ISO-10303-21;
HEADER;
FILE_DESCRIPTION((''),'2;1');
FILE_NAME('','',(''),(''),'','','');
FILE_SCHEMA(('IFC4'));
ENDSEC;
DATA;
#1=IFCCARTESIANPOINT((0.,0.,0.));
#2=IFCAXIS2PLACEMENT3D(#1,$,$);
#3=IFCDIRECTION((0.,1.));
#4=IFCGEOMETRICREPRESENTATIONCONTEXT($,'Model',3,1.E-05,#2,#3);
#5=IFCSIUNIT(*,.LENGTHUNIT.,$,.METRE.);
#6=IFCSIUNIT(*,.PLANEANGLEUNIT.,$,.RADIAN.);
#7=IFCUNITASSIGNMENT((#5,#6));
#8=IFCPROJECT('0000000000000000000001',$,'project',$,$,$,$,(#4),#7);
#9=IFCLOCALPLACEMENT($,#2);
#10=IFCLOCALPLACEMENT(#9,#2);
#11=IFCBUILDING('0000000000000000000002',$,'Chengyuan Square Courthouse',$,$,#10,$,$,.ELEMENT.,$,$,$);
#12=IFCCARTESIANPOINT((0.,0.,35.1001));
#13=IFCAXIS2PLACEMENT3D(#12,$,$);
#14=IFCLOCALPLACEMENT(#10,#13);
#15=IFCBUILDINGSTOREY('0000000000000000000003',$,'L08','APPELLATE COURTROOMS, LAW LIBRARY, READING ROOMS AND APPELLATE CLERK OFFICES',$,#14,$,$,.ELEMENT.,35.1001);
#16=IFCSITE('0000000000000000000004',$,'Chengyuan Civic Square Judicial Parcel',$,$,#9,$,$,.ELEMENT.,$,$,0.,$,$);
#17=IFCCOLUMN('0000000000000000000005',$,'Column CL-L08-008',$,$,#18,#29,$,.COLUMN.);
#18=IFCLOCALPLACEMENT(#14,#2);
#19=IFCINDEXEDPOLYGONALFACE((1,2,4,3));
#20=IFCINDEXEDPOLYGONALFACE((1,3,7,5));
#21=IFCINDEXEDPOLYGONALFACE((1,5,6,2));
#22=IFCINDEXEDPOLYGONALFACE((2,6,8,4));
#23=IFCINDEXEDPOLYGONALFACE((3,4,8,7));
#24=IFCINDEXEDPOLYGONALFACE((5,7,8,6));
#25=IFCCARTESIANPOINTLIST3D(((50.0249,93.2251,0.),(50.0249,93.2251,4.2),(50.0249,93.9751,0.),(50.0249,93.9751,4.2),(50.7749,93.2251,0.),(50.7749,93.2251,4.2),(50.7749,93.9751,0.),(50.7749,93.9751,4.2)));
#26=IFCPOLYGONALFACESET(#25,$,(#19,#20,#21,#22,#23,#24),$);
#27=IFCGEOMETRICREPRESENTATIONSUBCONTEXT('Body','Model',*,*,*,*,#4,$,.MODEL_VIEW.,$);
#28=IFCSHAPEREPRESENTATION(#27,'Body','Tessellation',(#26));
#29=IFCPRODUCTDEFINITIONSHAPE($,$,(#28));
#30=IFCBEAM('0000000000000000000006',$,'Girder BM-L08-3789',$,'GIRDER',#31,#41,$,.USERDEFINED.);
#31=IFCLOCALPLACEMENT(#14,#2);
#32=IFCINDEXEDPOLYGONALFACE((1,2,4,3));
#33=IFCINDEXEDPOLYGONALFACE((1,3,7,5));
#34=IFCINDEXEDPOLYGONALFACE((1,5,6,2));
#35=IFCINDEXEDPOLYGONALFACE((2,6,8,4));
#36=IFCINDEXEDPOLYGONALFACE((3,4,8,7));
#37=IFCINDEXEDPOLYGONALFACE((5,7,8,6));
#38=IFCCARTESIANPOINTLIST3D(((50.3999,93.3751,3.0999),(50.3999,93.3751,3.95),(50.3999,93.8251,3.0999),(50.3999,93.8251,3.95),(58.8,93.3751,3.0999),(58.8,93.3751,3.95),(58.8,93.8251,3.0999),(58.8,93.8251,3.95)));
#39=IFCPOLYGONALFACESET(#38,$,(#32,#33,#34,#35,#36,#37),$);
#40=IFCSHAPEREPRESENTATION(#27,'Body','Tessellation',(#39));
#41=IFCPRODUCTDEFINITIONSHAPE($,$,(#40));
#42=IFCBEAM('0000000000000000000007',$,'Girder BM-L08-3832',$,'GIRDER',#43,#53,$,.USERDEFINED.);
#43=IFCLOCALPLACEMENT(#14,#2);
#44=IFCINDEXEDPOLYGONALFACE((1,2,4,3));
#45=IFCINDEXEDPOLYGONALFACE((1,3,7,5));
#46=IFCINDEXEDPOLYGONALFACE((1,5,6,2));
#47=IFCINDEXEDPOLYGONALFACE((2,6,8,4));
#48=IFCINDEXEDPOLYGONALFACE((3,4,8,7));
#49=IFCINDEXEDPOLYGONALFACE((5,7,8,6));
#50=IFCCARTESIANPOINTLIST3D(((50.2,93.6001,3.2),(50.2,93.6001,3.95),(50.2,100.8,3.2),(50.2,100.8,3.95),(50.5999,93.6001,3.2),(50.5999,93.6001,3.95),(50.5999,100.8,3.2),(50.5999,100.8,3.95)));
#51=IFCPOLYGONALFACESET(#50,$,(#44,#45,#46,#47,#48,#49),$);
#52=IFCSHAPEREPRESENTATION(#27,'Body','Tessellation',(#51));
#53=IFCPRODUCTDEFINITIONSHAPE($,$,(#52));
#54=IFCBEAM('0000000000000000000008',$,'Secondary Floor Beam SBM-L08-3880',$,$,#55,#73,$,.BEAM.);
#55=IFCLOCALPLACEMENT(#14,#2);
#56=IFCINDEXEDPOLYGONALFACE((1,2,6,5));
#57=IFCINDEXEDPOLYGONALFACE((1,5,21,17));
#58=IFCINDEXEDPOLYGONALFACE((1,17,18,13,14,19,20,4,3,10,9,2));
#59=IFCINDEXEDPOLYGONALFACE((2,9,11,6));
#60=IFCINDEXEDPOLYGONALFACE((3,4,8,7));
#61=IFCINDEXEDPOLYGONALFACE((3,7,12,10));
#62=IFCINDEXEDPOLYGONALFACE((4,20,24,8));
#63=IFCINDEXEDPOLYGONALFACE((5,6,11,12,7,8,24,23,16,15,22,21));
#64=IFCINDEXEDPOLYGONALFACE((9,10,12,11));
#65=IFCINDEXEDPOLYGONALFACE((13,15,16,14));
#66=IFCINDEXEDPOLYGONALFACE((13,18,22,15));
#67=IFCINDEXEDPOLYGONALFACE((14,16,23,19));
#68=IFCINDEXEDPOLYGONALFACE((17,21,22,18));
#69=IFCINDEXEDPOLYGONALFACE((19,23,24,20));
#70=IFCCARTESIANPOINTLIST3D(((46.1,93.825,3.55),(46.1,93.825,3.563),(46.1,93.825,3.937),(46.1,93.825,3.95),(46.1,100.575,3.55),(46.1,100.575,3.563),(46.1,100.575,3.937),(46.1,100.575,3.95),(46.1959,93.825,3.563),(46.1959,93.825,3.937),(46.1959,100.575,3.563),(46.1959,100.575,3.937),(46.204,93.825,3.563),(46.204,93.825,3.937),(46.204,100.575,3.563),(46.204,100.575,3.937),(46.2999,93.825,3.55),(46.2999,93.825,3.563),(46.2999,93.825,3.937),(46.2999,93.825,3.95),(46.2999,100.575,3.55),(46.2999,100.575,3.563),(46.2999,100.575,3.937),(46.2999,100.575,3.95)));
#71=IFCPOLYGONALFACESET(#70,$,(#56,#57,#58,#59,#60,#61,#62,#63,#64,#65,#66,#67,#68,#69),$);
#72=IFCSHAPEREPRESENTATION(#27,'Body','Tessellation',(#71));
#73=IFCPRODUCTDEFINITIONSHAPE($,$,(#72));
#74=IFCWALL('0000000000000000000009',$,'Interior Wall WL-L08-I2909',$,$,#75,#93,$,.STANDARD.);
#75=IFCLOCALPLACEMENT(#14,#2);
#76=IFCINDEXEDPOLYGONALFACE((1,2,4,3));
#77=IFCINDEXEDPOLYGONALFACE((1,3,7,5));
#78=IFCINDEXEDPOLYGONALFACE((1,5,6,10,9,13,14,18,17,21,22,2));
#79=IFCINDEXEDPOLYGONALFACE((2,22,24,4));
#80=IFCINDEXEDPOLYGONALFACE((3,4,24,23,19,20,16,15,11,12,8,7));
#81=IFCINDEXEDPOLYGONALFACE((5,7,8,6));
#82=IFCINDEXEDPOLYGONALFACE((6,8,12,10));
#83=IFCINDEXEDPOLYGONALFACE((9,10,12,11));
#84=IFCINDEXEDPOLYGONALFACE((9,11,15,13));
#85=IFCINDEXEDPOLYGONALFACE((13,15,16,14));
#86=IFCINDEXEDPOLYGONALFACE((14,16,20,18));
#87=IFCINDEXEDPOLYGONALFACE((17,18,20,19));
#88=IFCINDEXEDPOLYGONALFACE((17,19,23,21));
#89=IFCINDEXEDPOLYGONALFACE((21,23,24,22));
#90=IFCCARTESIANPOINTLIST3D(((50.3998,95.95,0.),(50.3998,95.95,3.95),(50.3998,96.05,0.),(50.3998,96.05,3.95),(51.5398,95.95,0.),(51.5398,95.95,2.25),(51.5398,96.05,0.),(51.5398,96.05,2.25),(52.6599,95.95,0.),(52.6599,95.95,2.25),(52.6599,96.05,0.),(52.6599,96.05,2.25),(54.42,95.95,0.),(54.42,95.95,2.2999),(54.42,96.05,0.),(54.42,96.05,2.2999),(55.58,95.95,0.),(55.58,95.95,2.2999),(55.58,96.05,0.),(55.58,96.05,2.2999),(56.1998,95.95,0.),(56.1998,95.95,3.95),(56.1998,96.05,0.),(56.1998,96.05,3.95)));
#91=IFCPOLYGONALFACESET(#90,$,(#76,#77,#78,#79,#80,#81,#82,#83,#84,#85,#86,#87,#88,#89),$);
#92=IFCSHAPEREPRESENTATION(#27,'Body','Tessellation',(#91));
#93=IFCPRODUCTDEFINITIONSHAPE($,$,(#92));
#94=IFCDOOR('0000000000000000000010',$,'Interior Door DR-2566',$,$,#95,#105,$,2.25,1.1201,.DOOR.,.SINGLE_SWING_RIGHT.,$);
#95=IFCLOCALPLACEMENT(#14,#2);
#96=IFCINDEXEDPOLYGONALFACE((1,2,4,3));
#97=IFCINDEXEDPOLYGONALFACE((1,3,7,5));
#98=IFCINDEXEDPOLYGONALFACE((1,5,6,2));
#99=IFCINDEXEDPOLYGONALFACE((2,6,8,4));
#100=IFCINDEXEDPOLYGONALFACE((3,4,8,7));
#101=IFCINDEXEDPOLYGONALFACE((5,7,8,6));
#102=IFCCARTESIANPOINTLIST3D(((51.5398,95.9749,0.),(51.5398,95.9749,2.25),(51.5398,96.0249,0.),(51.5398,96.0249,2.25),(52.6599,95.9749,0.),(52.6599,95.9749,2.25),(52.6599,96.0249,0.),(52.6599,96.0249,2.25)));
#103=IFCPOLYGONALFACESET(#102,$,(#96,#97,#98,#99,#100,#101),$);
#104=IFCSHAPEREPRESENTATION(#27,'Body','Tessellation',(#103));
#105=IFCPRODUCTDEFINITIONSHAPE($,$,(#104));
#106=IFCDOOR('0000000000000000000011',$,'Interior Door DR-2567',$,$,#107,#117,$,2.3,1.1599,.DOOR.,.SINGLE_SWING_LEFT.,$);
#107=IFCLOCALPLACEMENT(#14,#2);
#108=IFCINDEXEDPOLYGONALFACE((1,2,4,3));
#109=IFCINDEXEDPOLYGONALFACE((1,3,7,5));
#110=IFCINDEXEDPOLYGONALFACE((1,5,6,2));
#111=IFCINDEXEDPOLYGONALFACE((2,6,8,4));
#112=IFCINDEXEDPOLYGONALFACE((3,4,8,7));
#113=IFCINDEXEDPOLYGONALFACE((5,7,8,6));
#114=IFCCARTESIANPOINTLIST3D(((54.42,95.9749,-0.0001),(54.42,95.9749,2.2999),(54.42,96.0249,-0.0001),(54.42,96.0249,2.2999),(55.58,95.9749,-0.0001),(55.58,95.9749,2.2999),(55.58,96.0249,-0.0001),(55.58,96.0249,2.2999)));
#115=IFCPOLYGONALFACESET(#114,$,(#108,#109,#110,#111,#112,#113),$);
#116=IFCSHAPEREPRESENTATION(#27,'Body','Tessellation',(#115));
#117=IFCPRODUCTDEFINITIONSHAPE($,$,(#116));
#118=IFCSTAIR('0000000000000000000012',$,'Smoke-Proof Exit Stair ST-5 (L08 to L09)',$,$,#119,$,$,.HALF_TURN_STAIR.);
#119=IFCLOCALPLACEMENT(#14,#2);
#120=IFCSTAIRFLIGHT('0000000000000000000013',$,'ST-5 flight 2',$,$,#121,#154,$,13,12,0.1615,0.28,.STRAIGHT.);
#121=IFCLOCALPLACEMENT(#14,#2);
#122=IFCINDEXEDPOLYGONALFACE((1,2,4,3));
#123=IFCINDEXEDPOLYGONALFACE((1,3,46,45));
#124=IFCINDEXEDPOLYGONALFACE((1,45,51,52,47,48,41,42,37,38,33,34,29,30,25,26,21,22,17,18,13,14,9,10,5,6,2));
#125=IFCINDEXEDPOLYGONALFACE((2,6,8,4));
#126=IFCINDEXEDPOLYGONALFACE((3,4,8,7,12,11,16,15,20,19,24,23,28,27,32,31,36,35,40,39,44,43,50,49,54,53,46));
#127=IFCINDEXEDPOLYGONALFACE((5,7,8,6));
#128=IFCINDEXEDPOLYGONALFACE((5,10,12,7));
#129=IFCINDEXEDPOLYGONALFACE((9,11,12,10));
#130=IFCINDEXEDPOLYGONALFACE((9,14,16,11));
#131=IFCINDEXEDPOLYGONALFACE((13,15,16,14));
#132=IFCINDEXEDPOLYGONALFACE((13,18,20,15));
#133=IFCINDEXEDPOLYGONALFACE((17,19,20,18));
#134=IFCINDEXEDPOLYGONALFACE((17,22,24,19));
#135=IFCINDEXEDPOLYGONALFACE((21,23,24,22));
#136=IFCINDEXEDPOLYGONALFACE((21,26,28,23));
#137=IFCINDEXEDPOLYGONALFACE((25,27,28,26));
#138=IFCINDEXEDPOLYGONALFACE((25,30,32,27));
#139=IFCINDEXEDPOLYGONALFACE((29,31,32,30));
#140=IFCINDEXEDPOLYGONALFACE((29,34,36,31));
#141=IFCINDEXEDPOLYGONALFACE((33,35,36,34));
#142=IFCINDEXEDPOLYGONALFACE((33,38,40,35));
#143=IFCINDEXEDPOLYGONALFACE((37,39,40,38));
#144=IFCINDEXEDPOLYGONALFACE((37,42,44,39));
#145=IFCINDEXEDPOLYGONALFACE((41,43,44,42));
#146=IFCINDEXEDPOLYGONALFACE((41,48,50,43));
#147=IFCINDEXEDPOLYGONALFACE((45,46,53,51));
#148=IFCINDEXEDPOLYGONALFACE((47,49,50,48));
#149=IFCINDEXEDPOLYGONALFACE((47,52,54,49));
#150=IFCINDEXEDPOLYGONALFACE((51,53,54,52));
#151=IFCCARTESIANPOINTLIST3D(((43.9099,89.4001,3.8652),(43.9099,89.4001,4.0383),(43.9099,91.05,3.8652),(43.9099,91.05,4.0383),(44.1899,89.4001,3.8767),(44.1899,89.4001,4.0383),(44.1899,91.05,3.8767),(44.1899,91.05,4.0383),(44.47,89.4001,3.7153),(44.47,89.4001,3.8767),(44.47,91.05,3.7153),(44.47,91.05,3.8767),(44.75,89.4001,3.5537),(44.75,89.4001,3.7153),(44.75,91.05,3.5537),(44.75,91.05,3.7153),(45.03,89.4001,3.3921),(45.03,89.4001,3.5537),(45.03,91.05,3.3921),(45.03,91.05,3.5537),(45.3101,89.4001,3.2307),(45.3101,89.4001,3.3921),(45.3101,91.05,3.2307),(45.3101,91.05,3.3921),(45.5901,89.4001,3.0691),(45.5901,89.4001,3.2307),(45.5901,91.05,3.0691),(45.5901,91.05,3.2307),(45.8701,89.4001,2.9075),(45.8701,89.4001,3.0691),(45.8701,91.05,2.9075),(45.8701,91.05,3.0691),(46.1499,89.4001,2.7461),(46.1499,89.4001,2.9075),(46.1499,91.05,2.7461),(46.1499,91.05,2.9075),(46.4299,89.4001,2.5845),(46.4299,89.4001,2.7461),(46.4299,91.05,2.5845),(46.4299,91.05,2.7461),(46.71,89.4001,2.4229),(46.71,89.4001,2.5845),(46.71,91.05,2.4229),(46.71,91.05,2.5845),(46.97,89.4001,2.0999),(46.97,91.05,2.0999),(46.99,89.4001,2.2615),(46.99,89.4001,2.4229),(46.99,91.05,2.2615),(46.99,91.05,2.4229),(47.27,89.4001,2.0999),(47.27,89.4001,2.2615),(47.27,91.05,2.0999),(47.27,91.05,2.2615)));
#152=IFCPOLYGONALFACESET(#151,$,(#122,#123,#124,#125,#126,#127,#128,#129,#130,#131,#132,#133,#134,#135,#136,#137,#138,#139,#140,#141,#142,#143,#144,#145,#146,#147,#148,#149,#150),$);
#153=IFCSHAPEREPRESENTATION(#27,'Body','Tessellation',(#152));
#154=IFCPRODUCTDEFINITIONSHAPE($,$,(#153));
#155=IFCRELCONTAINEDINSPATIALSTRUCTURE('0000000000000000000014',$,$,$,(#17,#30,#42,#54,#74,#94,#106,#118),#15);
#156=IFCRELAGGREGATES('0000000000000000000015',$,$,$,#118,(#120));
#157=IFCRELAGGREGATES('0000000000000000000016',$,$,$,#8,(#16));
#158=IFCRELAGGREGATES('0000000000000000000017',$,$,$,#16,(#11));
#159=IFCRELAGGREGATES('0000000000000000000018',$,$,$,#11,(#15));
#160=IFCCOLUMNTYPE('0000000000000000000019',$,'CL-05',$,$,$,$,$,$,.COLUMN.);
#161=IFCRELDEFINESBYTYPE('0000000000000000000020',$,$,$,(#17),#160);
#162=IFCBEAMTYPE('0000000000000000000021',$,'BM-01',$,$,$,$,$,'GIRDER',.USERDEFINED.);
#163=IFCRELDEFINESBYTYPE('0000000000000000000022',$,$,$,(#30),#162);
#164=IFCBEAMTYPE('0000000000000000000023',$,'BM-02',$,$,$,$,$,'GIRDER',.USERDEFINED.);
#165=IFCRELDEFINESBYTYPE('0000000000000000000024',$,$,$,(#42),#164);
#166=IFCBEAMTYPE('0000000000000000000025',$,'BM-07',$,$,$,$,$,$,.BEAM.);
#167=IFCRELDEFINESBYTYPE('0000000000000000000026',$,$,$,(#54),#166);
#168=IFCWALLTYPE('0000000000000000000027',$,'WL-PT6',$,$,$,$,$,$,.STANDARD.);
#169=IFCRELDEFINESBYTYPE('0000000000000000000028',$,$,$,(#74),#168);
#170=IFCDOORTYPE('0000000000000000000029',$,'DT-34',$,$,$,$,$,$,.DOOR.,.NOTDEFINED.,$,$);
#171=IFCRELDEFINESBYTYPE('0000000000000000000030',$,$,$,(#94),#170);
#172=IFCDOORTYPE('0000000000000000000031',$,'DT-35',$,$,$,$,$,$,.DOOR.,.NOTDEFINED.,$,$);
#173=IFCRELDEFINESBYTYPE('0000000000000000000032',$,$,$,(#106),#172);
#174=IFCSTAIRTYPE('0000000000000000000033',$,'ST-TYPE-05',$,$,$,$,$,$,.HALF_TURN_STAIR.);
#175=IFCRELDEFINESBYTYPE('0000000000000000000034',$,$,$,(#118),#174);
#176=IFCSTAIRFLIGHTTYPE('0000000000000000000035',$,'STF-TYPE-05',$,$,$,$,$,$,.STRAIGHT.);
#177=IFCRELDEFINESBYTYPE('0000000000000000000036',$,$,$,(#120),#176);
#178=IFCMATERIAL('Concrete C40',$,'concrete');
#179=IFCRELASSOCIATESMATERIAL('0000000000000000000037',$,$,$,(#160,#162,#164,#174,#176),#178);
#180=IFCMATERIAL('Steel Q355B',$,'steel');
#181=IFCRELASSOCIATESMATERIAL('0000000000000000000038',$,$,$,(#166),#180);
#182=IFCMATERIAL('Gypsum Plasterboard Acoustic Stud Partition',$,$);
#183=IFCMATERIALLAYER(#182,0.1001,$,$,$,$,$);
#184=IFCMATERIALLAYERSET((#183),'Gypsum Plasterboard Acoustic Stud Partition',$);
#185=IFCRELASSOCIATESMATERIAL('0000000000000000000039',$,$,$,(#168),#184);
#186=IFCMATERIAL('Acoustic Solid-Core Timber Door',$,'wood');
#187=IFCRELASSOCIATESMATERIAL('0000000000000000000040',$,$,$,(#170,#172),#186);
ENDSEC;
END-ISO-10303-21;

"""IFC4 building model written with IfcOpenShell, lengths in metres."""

from ifc_helpers import new_model, si_unit, direction, frame, frame_2d, origin, origin_2d, place, context, subcontext, project, spatial, polyline, rectangle, i_section, outline, extrude, material, layer, layer_set, material_profile, profile_set, type_object, element, fill, aggregate, save


model = new_model("IFC4")

# Units and contexts
model_context = context("Model", 3, precision=1e-05, world=origin(), true_north=direction((0.0, 1.0)))
body_context = subcontext(model_context, "Body", "Model", "MODEL_VIEW")
ifc_project = project(units=[si_unit("LENGTHUNIT", "METRE"), si_unit("PLANEANGLEUNIT", "RADIAN")], contexts=[model_context])

# Site, building, storey
site_placement = place(None, origin())
site = spatial("IfcSite", under=ifc_project, at=site_placement, Name="Chengyuan Civic Square Judicial Parcel", CompositionType="ELEMENT", RefElevation=0.0)
building_placement = place(site_placement, origin())
building = spatial("IfcBuilding", under=site, at=building_placement, Name="Chengyuan Square Courthouse", CompositionType="ELEMENT")
storey_placement = place(building_placement, frame((0.0, 0.0, 35.1001)))
storey = spatial("IfcBuildingStorey", under=building, at=storey_placement, Name="L08", Description="APPELLATE COURTROOMS, LAW LIBRARY, READING ROOMS AND APPELLATE CLERK OFFICES", CompositionType="ELEMENT", Elevation=35.1001)

# Column
ifc_material_1 = material(Name="Concrete C40", Category="concrete")
ifc_material_profile_1 = material_profile(ifc_material_1, rectangle(XDim=0.75, YDim=0.75, at=origin_2d()), Name="RC-COL-750x750")
ifc_profile_set_1 = profile_set([ifc_material_profile_1], Name="Concrete C40")
column_type = type_object("IfcColumnType", Name="CL-05", PredefinedType="COLUMN", material=ifc_profile_set_1)
column_placement = place(storey_placement, frame((50.3999, 93.6001, 0.0), z_axis=(0.0, 0.0, 1.0), x_axis=(1.0, 0.0, 0.0)))
element("IfcColumn", 1, at=column_placement, inside=storey, type_object=column_type, Name="Column CL-L08-008", PredefinedType="COLUMN", context=body_context, shape_type="SweptSolid", body=[
    extrude(rectangle(XDim=0.75, YDim=0.75, at=origin_2d()), origin(), (0.0, 0.0, 1.0), 4.2),
])

# Beams
ifc_material_profile_2 = material_profile(ifc_material_1, rectangle(XDim=0.45, YDim=0.8501, at=origin_2d()), Name="RC-BM-450x850")
ifc_profile_set_2 = profile_set([ifc_material_profile_2], Name="Concrete C40")
beam_type_1 = type_object("IfcBeamType", Name="BM-01", ElementType="GIRDER", PredefinedType="USERDEFINED", material=ifc_profile_set_2)
beam_1_placement = place(storey_placement, frame((50.3999, 93.6001, 3.5249), z_axis=(1.0, 0.0, 0.0), x_axis=(0.0, 1.0, 0.0)))
element("IfcBeam", 2, at=beam_1_placement, inside=storey, type_object=beam_type_1, Name="Girder BM-L08-3789", ObjectType="GIRDER", PredefinedType="USERDEFINED", context=body_context, shape_type="SweptSolid", body=[
    extrude(rectangle(XDim=0.45, YDim=0.8501, at=origin_2d()), origin(), (0.0, 0.0, 1.0), 8.4001),
])
ifc_material_profile_3 = material_profile(ifc_material_1, rectangle(XDim=0.3999, YDim=0.75, at=origin_2d()), Name="RC-BM-400x750")
ifc_profile_set_3 = profile_set([ifc_material_profile_3], Name="Concrete C40")
beam_type_2 = type_object("IfcBeamType", Name="BM-02", ElementType="GIRDER", PredefinedType="USERDEFINED", material=ifc_profile_set_3)
beam_2_placement = place(storey_placement, frame((50.3999, 93.6001, 3.575), z_axis=(0.0, 1.0, 0.0), x_axis=(-1.0, 0.0, 0.0)))
element("IfcBeam", 3, at=beam_2_placement, inside=storey, type_object=beam_type_2, Name="Girder BM-L08-3832", ObjectType="GIRDER", PredefinedType="USERDEFINED", context=body_context, shape_type="SweptSolid", body=[
    extrude(rectangle(XDim=0.3999, YDim=0.75, at=origin_2d()), origin(), (0.0, 0.0, 1.0), 7.2),
])
ifc_material_2 = material(Name="Steel Q355B", Category="steel")
ifc_material_profile_4 = material_profile(ifc_material_2, i_section(OverallWidth=0.2, OverallDepth=0.3999, WebThickness=0.0081, FlangeThickness=0.0129, at=origin_2d()), Name="HN 400x200x8x13")
ifc_profile_set_4 = profile_set([ifc_material_profile_4], Name="Steel Q355B")
beam_type_3 = type_object("IfcBeamType", Name="BM-07", PredefinedType="BEAM", material=ifc_profile_set_4)
beam_3_placement = place(storey_placement, frame((46.2, 93.825, 3.75), z_axis=(0.0, 1.0, 0.0), x_axis=(-1.0, 0.0, 0.0)))
element("IfcBeam", 4, at=beam_3_placement, inside=storey, type_object=beam_type_3, Name="Secondary Floor Beam SBM-L08-3880", PredefinedType="BEAM", context=body_context, shape_type="SweptSolid", body=[
    extrude(i_section(OverallWidth=0.2, OverallDepth=0.3999, WebThickness=0.0081, FlangeThickness=0.0129, at=origin_2d()), origin(), (0.0, 0.0, 1.0), 6.75),
])

# Wall, openings, doors
ifc_material_3 = material(Name="Gypsum Plasterboard Acoustic Stud Partition")
ifc_layer_1 = layer(ifc_material_3, 0.1001)
ifc_layer_set_1 = layer_set([ifc_layer_1], Name="Gypsum Plasterboard Acoustic Stud Partition")
wall_type_1 = type_object("IfcWallType", Name="WL-PT6", PredefinedType="STANDARD", material=ifc_layer_set_1)
ifc_material_4 = material(Name="Acoustic Solid-Core Timber Door", Category="wood")
wall_1_placement = place(storey_placement, frame((50.3999, 96.0, 0.0), z_axis=(0.0, 0.0, 1.0), x_axis=(1.0, 0.0, 0.0)))
wall_1 = element("IfcWall", 5, at=wall_1_placement, inside=storey, type_object=wall_type_1, Name="Interior Wall WL-L08-I2909", PredefinedType="STANDARD", context=body_context, shape_type="SweptSolid", body=[
    extrude(rectangle(XDim=5.8, YDim=0.1001, at=frame_2d((2.8999, 0.0))), origin(), (0.0, 0.0, 1.0), 3.95),
])
opening_1_placement = place(wall_1_placement, frame((1.1399, 0.0, 0.0)))
opening_1 = element("IfcOpeningElement", 6, at=opening_1_placement, cuts=wall_1, PredefinedType="OPENING", context=body_context, shape_type="SweptSolid", body=[
    extrude(rectangle(XDim=1.1201, YDim=2.25, at=frame_2d((0.5601, 1.125))), frame((0.0, 0.062, 0.0), z_axis=(0.0, -1.0, 0.0), x_axis=(1.0, 0.0, 0.0)), (0.0, 0.0, 1.0), 0.124),
])
opening_2_placement = place(wall_1_placement, frame((4.02, 0.0, 0.0)))
opening_2 = element("IfcOpeningElement", 7, at=opening_2_placement, cuts=wall_1, PredefinedType="OPENING", context=body_context, shape_type="SweptSolid", body=[
    extrude(rectangle(XDim=1.1599, YDim=2.3, at=frame_2d((0.5801, 1.1499))), frame((0.0, 0.062, 0.0), z_axis=(0.0, -1.0, 0.0), x_axis=(1.0, 0.0, 0.0)), (0.0, 0.0, 1.0), 0.124),
])
door_type_1 = type_object("IfcDoorType", Name="DT-34", OperationType="NOTDEFINED", PredefinedType="DOOR", material=ifc_material_4)
door_1_placement = place(opening_1_placement, origin())
door_1 = element("IfcDoor", 8, at=door_1_placement, inside=storey, type_object=door_type_1, Name="Interior Door DR-2566", OperationType="SINGLE_SWING_RIGHT", OverallHeight=2.25, OverallWidth=1.1201, PredefinedType="DOOR", context=body_context, shape_type="SweptSolid", body=[
    extrude(rectangle(XDim=1.1201, YDim=2.25, at=frame_2d((0.5601, 1.125))), frame((0.0, 0.0249, 0.0), z_axis=(0.0, -1.0, 0.0), x_axis=(1.0, 0.0, 0.0)), (0.0, 0.0, 1.0), 0.05),
])
fill(opening_1, door_1)
door_type_2 = type_object("IfcDoorType", Name="DT-35", OperationType="NOTDEFINED", PredefinedType="DOOR", material=ifc_material_4)
door_2_placement = place(opening_2_placement, origin())
door_2 = element("IfcDoor", 9, at=door_2_placement, inside=storey, type_object=door_type_2, Name="Interior Door DR-2567", OperationType="SINGLE_SWING_LEFT", OverallHeight=2.3, OverallWidth=1.1599, PredefinedType="DOOR", context=body_context, shape_type="SweptSolid", body=[
    extrude(rectangle(XDim=1.1599, YDim=2.3, at=frame_2d((0.5801, 1.1499))), frame((0.0, 0.0249, 0.0), z_axis=(0.0, -1.0, 0.0), x_axis=(1.0, 0.0, 0.0)), (0.0, 0.0, 1.0), 0.05),
])
fill(opening_2, door_2)

# Stair, stair flight
stair_type = type_object("IfcStairType", Name="ST-TYPE-05", PredefinedType="HALF_TURN_STAIR", material=ifc_material_1)
stair_placement = place(storey_placement, origin())
stair = element("IfcStair", 10, at=stair_placement, inside=storey, type_object=stair_type, Name="Smoke-Proof Exit Stair ST-5 (L08 to L09)", PredefinedType="HALF_TURN_STAIR")
stair_flight_type = type_object("IfcStairFlightType", Name="STF-TYPE-05", PredefinedType="STRAIGHT", material=ifc_material_1)
stair_flight_placement = place(storey_placement, frame((47.27, 90.2251, 2.0999), z_axis=(0.0, 0.0, 1.0), x_axis=(-1.0, 0.0, 0.0)))
stair_flight = element("IfcStairFlight", 11, at=stair_flight_placement, type_object=stair_flight_type, Name="ST-5 flight 2", NumberOfRisers=13, NumberOfTreads=12, PredefinedType="STRAIGHT", RiserHeight=0.1615, TreadLength=0.28, context=body_context, shape_type="SweptSolid", body=[
    extrude(outline(polyline([(0.0, 0.0), (0.0, 0.1616), (0.28, 0.1616), (0.28, 0.323), (0.5601, 0.323), (0.5601, 0.4846), (0.8401, 0.4846), (0.8401, 0.6462), (1.1201, 0.6462), (1.1201, 0.8076), (1.3999, 0.8076), (1.3999, 0.9692), (1.6799, 0.9692), (1.6799, 1.1309), (1.96, 1.1309), (1.96, 1.2922), (2.24, 1.2922), (2.24, 1.4539), (2.52, 1.4539), (2.52, 1.6155), (2.8, 1.6155), (2.8, 1.7769), (3.0801, 1.7769), (3.0801, 1.9385), (3.3601, 1.9385), (3.3601, 2.1001), (3.3601, 1.7654), (0.3, 0.0), (0.0, 0.0)])), frame((0.0, 0.825, 0.0), z_axis=(0.0, -1.0, 0.0), x_axis=(1.0, 0.0, 0.0)), (0.0, 0.0, 1.0), 1.6499),
])
aggregate(stair, [stair_flight])

save(model, "model.ifc")
